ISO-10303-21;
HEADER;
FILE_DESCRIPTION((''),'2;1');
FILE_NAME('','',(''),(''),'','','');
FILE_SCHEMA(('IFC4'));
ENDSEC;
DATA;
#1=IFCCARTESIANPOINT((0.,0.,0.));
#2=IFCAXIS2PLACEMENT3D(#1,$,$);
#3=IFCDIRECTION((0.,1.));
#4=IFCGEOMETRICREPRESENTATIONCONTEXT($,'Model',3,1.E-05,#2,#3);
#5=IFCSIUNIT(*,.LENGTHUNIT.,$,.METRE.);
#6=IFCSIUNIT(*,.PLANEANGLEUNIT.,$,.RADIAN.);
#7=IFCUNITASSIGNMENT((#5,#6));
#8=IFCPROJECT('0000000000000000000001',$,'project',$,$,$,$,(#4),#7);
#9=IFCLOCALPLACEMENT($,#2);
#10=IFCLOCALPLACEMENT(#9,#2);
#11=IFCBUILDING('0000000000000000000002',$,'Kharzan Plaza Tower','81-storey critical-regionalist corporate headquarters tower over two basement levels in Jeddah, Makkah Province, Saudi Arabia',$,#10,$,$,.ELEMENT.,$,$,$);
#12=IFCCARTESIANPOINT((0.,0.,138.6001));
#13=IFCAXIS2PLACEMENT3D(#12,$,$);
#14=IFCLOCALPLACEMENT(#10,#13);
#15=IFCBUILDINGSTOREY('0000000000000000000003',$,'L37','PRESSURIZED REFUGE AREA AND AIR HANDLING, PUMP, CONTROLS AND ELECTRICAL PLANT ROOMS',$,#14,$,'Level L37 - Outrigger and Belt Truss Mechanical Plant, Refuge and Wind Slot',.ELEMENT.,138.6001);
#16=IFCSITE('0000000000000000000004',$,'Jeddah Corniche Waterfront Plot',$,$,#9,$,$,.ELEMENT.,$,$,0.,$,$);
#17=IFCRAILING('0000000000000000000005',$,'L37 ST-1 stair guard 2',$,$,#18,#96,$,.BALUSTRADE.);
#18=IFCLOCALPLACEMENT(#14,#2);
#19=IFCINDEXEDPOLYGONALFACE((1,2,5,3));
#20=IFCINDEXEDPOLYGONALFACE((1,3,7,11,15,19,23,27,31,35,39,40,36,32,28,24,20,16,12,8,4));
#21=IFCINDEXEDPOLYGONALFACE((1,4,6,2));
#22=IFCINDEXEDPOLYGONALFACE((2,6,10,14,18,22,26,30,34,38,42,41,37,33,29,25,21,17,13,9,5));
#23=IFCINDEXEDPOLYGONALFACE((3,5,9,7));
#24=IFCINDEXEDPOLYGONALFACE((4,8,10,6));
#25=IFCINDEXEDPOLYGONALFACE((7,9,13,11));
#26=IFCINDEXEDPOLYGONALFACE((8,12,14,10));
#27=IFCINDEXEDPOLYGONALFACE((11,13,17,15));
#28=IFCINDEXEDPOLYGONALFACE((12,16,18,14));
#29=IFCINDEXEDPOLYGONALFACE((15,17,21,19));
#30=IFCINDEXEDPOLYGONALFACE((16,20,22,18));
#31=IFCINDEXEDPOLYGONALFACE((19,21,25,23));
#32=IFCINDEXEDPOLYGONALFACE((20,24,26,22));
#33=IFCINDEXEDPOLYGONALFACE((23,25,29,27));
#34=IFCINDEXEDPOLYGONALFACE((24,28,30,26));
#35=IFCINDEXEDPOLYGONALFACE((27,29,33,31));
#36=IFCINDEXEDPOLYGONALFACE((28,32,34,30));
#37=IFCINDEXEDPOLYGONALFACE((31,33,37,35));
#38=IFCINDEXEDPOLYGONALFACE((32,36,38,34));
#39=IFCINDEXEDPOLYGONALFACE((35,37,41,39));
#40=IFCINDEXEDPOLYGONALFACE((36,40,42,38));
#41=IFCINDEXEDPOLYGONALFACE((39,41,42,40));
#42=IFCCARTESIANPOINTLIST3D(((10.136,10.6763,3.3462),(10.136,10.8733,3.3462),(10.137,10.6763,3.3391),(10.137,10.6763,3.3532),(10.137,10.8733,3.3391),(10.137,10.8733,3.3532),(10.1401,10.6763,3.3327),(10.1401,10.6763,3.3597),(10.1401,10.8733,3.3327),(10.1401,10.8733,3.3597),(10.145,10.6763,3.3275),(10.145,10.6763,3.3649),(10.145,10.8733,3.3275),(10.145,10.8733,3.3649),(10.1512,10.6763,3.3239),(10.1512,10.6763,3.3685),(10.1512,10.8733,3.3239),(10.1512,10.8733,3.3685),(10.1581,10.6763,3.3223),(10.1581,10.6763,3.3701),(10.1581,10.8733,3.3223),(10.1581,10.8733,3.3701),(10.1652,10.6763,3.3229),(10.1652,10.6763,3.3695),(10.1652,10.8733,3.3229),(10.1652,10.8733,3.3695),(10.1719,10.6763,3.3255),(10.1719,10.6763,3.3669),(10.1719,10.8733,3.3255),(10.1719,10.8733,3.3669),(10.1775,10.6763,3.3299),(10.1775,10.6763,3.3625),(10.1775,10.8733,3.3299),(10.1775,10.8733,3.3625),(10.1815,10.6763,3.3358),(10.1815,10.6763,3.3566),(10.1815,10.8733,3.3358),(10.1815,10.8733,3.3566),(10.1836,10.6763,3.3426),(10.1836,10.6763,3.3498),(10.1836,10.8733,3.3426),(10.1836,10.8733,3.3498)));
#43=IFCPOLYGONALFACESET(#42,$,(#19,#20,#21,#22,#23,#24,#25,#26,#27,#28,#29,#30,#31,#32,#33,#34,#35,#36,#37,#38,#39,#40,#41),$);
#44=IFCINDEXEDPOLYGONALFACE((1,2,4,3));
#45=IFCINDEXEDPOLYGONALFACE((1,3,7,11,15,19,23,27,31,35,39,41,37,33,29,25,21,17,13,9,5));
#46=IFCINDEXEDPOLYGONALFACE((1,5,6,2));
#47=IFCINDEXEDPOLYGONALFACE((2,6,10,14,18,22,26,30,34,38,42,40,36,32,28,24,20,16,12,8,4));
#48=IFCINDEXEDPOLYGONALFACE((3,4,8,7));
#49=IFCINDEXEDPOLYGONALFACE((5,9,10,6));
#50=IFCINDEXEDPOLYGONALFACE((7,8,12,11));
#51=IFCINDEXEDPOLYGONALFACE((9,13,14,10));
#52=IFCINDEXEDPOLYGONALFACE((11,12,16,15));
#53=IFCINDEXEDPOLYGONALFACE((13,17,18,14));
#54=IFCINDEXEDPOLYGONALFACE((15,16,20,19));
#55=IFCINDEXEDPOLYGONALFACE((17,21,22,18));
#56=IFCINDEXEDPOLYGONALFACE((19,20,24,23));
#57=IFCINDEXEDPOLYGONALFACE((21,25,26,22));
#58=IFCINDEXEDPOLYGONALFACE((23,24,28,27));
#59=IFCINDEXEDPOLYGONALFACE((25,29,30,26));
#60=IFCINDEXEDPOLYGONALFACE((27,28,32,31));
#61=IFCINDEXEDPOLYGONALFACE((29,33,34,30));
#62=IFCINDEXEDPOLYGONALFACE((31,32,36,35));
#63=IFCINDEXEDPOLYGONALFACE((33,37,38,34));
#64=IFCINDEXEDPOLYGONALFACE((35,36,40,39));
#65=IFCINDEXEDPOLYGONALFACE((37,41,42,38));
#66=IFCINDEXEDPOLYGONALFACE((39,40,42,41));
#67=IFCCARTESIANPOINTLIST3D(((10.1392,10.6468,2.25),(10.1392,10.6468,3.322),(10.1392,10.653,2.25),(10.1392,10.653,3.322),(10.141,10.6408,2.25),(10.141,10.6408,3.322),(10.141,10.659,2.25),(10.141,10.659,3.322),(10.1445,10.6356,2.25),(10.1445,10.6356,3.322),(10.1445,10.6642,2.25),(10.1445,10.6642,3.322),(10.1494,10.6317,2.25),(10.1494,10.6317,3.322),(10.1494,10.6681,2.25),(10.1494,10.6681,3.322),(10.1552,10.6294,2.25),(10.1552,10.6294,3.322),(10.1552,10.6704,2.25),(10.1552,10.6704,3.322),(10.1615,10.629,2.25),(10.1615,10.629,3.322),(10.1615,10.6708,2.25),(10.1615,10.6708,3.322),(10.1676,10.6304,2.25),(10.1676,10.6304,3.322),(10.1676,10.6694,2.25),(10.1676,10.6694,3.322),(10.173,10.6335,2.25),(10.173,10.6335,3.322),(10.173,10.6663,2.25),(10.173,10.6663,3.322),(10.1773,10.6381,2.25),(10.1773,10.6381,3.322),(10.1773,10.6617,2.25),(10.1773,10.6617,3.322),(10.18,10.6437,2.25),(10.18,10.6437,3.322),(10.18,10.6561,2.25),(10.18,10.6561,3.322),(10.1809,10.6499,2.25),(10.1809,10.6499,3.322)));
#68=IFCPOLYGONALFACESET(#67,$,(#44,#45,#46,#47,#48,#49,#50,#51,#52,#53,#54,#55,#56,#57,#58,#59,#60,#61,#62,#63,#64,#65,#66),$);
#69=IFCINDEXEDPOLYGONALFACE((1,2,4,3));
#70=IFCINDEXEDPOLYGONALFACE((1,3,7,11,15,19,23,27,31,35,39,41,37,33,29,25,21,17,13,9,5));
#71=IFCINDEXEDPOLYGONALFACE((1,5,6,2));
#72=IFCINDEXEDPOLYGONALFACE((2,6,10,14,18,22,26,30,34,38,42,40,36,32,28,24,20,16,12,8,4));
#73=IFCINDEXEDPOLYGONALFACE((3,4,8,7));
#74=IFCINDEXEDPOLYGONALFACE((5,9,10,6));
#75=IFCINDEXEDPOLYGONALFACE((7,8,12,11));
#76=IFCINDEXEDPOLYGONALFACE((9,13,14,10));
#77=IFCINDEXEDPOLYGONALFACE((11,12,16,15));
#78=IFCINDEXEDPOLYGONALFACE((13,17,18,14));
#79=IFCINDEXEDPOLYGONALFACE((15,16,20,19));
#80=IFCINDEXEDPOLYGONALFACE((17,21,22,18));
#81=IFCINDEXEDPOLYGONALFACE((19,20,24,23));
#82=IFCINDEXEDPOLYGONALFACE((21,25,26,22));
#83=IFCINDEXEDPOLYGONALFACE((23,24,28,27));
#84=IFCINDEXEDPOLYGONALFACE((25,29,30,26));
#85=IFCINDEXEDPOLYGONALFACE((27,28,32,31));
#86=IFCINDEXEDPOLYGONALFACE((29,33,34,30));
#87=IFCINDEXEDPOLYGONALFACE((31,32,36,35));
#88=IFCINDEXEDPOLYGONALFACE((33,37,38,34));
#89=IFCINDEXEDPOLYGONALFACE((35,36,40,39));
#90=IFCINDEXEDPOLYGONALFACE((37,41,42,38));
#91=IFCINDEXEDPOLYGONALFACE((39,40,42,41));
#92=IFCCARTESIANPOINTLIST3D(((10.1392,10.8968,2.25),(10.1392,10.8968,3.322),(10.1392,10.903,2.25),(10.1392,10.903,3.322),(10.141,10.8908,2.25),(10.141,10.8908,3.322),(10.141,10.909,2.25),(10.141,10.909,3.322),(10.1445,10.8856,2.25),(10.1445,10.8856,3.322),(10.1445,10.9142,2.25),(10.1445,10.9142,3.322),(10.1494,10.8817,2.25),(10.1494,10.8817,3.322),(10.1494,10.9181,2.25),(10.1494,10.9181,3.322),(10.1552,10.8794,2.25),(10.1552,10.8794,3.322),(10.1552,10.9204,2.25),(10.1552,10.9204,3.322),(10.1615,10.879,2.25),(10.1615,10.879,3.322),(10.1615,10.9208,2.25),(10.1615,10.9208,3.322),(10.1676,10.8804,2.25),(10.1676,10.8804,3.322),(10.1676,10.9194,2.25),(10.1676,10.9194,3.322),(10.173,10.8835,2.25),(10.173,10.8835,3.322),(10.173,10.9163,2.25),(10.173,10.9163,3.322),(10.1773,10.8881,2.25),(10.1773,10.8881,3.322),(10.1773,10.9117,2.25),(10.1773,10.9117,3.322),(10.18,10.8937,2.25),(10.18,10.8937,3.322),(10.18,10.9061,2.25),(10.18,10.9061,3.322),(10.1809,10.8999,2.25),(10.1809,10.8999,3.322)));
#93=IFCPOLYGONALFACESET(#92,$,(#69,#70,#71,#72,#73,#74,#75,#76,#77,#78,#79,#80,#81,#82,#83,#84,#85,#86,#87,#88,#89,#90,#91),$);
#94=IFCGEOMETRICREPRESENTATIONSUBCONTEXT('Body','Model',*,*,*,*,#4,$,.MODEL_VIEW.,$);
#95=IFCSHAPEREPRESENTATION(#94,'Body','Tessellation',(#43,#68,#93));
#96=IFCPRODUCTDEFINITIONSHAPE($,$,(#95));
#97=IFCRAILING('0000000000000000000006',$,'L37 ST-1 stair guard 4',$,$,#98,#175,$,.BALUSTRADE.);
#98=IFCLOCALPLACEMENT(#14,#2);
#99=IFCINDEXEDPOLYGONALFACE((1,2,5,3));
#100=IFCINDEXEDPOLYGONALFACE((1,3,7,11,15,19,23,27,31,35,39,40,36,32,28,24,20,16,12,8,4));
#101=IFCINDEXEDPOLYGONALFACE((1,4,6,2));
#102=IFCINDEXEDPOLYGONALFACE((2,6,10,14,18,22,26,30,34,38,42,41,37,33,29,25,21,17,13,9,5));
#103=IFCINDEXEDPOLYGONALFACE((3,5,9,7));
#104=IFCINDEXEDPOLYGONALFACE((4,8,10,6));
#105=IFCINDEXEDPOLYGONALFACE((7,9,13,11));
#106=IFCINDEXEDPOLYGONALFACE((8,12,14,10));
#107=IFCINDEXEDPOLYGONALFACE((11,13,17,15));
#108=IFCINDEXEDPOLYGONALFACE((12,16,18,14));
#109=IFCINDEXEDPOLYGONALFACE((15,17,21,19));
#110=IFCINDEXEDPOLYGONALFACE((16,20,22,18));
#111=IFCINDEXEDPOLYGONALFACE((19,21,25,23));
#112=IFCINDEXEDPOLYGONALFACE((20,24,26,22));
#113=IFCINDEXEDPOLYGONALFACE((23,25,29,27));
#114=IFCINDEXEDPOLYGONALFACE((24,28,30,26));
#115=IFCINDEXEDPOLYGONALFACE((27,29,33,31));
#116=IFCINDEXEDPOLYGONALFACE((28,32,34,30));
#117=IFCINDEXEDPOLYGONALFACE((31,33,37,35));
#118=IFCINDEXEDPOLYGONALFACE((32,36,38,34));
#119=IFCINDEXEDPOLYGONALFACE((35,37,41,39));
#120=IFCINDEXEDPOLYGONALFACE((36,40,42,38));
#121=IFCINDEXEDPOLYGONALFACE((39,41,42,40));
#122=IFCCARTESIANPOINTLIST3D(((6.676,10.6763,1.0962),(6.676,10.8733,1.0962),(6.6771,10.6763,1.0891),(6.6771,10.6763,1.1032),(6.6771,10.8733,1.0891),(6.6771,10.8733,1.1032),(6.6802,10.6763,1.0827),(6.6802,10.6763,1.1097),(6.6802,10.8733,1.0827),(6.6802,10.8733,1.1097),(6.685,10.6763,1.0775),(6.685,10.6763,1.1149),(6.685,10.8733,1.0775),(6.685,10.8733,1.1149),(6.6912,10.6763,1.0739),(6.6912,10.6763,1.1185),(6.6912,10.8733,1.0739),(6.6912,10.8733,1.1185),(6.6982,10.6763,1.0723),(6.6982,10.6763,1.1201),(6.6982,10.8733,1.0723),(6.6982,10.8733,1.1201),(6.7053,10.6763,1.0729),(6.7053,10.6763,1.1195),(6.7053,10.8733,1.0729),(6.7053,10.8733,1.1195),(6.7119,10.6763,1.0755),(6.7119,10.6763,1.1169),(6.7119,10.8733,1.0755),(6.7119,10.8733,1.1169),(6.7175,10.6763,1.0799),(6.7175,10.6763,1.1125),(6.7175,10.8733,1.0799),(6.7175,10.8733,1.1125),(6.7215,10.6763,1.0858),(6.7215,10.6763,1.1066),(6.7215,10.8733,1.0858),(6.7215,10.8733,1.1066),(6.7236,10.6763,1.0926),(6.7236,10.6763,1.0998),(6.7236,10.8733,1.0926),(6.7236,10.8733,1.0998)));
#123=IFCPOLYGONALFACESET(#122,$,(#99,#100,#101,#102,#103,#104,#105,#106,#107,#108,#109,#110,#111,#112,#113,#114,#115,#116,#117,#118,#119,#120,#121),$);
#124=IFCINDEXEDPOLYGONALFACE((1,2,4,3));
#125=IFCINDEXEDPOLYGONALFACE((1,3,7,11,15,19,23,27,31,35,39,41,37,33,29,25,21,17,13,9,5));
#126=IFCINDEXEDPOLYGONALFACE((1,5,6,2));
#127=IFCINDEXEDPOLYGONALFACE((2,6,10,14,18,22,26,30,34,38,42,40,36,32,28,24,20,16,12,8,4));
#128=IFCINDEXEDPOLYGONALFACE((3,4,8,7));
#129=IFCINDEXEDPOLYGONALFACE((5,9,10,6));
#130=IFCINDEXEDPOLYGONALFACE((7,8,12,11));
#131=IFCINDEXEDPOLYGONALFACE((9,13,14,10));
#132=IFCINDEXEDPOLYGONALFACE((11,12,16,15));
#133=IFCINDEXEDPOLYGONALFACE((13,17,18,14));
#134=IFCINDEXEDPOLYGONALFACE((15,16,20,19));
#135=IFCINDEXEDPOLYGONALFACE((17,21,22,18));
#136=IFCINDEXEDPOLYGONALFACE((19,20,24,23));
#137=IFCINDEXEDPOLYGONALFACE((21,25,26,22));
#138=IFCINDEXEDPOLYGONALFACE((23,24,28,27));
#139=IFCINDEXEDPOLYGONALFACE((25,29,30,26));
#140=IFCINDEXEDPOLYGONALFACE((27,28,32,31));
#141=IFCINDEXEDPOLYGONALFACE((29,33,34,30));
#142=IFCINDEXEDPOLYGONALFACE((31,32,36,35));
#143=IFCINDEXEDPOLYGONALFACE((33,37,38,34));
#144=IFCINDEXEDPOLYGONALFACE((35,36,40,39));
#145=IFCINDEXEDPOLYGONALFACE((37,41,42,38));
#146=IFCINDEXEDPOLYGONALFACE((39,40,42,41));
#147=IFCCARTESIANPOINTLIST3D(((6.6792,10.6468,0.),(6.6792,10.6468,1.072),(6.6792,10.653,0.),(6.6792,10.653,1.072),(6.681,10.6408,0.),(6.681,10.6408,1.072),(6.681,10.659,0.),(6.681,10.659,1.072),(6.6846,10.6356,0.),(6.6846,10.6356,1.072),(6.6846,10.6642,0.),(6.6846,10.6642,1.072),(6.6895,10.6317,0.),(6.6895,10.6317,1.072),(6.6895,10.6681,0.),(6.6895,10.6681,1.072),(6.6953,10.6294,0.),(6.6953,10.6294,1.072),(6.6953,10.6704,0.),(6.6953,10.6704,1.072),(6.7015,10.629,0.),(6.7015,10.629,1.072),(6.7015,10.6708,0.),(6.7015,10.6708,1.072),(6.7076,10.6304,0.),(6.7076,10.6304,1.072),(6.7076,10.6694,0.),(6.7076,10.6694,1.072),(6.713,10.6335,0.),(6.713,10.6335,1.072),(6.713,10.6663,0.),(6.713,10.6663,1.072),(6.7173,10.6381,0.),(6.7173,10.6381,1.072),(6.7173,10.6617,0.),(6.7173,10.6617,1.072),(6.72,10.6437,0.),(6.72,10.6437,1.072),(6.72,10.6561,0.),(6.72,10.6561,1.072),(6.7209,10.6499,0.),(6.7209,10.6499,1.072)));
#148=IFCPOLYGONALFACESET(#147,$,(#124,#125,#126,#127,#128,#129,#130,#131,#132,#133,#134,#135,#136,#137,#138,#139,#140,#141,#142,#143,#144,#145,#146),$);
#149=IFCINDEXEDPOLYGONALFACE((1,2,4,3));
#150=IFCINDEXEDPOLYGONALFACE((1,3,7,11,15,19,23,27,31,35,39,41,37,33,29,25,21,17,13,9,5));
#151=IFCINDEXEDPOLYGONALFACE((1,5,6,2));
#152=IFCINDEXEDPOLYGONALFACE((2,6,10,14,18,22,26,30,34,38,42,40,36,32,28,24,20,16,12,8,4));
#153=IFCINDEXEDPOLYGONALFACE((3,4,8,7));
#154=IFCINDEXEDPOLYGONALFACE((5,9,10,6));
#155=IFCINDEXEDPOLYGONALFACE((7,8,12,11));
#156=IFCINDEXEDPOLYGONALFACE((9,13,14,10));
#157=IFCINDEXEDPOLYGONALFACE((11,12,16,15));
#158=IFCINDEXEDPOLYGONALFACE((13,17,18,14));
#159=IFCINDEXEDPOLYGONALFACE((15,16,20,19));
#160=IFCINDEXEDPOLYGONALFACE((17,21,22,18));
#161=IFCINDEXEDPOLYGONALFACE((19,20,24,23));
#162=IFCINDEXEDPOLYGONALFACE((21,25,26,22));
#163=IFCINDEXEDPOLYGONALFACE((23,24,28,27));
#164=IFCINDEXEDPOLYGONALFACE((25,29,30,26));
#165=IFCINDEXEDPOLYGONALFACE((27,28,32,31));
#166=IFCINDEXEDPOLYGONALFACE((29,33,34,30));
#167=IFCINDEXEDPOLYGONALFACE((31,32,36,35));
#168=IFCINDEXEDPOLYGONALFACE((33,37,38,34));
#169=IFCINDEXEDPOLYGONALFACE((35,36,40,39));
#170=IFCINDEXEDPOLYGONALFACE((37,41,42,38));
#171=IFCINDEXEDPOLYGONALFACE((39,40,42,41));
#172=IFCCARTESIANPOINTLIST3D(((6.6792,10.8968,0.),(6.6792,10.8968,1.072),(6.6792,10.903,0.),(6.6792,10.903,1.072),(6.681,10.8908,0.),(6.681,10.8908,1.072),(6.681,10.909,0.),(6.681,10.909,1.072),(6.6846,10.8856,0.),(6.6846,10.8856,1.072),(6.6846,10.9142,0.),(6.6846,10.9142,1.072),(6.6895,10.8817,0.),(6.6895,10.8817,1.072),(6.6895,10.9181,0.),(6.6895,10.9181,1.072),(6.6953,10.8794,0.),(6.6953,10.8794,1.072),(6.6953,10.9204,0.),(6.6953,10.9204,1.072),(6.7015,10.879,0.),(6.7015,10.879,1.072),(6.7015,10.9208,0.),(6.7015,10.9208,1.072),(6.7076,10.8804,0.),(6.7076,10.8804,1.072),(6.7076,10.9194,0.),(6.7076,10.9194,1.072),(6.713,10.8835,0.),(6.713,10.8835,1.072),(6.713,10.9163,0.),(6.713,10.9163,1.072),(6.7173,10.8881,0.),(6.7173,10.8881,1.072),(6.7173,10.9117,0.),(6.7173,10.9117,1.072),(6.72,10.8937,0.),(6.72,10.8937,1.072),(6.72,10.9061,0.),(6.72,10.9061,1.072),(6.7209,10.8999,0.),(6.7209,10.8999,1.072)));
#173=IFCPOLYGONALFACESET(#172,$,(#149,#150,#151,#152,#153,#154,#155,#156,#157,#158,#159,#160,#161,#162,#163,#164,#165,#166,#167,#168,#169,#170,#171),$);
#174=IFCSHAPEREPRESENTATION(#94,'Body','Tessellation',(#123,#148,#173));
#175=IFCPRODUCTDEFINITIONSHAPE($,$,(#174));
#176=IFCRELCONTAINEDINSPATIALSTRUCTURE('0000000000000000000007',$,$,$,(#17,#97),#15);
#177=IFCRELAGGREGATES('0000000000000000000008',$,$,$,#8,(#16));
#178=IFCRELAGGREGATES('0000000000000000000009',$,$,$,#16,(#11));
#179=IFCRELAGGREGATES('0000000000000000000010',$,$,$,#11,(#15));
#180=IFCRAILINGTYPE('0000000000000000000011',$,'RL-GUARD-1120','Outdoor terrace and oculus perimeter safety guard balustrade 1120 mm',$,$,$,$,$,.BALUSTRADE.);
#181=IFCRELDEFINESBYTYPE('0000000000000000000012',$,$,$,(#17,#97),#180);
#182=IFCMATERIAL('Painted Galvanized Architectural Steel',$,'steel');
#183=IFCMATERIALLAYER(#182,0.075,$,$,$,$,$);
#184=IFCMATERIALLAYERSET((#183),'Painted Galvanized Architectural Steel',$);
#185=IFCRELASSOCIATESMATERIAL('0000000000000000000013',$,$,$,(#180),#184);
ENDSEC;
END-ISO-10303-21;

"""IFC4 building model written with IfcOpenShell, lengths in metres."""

from ifc_helpers import new_model, si_unit, direction, frame, origin, origin_2d, place, context, subcontext, project, spatial, circle, extrude, source, transform, mapped, material, layer, layer_set, type_object, element, save


model = new_model("IFC4")

# Units and contexts
model_context = context("Model", 3, precision=1e-05, world=origin(), true_north=direction((0.0, 1.0)))
body_context = subcontext(model_context, "Body", "Model", "MODEL_VIEW")
ifc_project = project(units=[si_unit("LENGTHUNIT", "METRE"), si_unit("PLANEANGLEUNIT", "RADIAN")], contexts=[model_context])

# Site, building, storey
site_placement = place(None, origin())
site = spatial("IfcSite", under=ifc_project, at=site_placement, Name="Jeddah Corniche Waterfront Plot", CompositionType="ELEMENT", RefElevation=0.0)
building_placement = place(site_placement, origin())
building = spatial("IfcBuilding", under=site, at=building_placement, Name="Kharzan Plaza Tower", Description="81-storey critical-regionalist corporate headquarters tower over two basement levels in Jeddah, Makkah Province, Saudi Arabia", CompositionType="ELEMENT")
storey_placement = place(building_placement, frame((0.0, 0.0, 138.6001)))
storey = spatial("IfcBuildingStorey", under=building, at=storey_placement, Name="L37", Description="PRESSURIZED REFUGE AREA AND AIR HANDLING, PUMP, CONTROLS AND ELECTRICAL PLANT ROOMS", LongName="Level L37 - Outrigger and Belt Truss Mechanical Plant, Refuge and Wind Slot", CompositionType="ELEMENT", Elevation=138.6001)

# Railings
ifc_material_1 = material(Name="Painted Galvanized Architectural Steel", Category="steel")
ifc_layer_1 = layer(ifc_material_1, 0.075)
ifc_layer_set_1 = layer_set([ifc_layer_1], Name="Painted Galvanized Architectural Steel")
railing_type_1 = type_object("IfcRailingType", Name="RL-GUARD-1120", Description="Outdoor terrace and oculus perimeter safety guard balustrade 1120 mm", PredefinedType="BALUSTRADE", material=ifc_layer_set_1)
shared_shape_1 = source(origin(), body_context, "Body", "SweptSolid", [
    extrude(circle(Radius=0.0239, at=origin_2d()), frame((0.0, 0.0264, 1.0962), z_axis=(0.0, 1.0, 0.0), x_axis=(-1.0, 0.0, 0.0)), (0.0, 0.0, 1.0), 0.197),
    extrude(circle(Radius=0.021, at=origin_2d()), origin(), (0.0, 0.0, 1.0), 1.072),
    extrude(circle(Radius=0.021, at=origin_2d()), frame((0.0, 0.25, 0.0)), (0.0, 0.0, 1.0), 1.072),
])
for number, where, name in (
    (1, (10.1599, 10.6499, 2.25), "L37 ST-1 stair guard 2"),
    (2, (6.7, 10.6499, 0.0), "L37 ST-1 stair guard 4"),
):
    element("IfcRailing", number, at=place(storey_placement, frame(where)), inside=storey, type_object=railing_type_1, Name=name, PredefinedType="BALUSTRADE", context=body_context, shape_type="MappedRepresentation", body=[
        mapped(shared_shape_1, transform((0.0, 0.0, 0.0), x_axis=(1.0, 0.0, 0.0), y_axis=(0.0, 1.0, 0.0), z_axis=(0.0, 0.0, 1.0))),
    ])

save(model, "model.ifc")
